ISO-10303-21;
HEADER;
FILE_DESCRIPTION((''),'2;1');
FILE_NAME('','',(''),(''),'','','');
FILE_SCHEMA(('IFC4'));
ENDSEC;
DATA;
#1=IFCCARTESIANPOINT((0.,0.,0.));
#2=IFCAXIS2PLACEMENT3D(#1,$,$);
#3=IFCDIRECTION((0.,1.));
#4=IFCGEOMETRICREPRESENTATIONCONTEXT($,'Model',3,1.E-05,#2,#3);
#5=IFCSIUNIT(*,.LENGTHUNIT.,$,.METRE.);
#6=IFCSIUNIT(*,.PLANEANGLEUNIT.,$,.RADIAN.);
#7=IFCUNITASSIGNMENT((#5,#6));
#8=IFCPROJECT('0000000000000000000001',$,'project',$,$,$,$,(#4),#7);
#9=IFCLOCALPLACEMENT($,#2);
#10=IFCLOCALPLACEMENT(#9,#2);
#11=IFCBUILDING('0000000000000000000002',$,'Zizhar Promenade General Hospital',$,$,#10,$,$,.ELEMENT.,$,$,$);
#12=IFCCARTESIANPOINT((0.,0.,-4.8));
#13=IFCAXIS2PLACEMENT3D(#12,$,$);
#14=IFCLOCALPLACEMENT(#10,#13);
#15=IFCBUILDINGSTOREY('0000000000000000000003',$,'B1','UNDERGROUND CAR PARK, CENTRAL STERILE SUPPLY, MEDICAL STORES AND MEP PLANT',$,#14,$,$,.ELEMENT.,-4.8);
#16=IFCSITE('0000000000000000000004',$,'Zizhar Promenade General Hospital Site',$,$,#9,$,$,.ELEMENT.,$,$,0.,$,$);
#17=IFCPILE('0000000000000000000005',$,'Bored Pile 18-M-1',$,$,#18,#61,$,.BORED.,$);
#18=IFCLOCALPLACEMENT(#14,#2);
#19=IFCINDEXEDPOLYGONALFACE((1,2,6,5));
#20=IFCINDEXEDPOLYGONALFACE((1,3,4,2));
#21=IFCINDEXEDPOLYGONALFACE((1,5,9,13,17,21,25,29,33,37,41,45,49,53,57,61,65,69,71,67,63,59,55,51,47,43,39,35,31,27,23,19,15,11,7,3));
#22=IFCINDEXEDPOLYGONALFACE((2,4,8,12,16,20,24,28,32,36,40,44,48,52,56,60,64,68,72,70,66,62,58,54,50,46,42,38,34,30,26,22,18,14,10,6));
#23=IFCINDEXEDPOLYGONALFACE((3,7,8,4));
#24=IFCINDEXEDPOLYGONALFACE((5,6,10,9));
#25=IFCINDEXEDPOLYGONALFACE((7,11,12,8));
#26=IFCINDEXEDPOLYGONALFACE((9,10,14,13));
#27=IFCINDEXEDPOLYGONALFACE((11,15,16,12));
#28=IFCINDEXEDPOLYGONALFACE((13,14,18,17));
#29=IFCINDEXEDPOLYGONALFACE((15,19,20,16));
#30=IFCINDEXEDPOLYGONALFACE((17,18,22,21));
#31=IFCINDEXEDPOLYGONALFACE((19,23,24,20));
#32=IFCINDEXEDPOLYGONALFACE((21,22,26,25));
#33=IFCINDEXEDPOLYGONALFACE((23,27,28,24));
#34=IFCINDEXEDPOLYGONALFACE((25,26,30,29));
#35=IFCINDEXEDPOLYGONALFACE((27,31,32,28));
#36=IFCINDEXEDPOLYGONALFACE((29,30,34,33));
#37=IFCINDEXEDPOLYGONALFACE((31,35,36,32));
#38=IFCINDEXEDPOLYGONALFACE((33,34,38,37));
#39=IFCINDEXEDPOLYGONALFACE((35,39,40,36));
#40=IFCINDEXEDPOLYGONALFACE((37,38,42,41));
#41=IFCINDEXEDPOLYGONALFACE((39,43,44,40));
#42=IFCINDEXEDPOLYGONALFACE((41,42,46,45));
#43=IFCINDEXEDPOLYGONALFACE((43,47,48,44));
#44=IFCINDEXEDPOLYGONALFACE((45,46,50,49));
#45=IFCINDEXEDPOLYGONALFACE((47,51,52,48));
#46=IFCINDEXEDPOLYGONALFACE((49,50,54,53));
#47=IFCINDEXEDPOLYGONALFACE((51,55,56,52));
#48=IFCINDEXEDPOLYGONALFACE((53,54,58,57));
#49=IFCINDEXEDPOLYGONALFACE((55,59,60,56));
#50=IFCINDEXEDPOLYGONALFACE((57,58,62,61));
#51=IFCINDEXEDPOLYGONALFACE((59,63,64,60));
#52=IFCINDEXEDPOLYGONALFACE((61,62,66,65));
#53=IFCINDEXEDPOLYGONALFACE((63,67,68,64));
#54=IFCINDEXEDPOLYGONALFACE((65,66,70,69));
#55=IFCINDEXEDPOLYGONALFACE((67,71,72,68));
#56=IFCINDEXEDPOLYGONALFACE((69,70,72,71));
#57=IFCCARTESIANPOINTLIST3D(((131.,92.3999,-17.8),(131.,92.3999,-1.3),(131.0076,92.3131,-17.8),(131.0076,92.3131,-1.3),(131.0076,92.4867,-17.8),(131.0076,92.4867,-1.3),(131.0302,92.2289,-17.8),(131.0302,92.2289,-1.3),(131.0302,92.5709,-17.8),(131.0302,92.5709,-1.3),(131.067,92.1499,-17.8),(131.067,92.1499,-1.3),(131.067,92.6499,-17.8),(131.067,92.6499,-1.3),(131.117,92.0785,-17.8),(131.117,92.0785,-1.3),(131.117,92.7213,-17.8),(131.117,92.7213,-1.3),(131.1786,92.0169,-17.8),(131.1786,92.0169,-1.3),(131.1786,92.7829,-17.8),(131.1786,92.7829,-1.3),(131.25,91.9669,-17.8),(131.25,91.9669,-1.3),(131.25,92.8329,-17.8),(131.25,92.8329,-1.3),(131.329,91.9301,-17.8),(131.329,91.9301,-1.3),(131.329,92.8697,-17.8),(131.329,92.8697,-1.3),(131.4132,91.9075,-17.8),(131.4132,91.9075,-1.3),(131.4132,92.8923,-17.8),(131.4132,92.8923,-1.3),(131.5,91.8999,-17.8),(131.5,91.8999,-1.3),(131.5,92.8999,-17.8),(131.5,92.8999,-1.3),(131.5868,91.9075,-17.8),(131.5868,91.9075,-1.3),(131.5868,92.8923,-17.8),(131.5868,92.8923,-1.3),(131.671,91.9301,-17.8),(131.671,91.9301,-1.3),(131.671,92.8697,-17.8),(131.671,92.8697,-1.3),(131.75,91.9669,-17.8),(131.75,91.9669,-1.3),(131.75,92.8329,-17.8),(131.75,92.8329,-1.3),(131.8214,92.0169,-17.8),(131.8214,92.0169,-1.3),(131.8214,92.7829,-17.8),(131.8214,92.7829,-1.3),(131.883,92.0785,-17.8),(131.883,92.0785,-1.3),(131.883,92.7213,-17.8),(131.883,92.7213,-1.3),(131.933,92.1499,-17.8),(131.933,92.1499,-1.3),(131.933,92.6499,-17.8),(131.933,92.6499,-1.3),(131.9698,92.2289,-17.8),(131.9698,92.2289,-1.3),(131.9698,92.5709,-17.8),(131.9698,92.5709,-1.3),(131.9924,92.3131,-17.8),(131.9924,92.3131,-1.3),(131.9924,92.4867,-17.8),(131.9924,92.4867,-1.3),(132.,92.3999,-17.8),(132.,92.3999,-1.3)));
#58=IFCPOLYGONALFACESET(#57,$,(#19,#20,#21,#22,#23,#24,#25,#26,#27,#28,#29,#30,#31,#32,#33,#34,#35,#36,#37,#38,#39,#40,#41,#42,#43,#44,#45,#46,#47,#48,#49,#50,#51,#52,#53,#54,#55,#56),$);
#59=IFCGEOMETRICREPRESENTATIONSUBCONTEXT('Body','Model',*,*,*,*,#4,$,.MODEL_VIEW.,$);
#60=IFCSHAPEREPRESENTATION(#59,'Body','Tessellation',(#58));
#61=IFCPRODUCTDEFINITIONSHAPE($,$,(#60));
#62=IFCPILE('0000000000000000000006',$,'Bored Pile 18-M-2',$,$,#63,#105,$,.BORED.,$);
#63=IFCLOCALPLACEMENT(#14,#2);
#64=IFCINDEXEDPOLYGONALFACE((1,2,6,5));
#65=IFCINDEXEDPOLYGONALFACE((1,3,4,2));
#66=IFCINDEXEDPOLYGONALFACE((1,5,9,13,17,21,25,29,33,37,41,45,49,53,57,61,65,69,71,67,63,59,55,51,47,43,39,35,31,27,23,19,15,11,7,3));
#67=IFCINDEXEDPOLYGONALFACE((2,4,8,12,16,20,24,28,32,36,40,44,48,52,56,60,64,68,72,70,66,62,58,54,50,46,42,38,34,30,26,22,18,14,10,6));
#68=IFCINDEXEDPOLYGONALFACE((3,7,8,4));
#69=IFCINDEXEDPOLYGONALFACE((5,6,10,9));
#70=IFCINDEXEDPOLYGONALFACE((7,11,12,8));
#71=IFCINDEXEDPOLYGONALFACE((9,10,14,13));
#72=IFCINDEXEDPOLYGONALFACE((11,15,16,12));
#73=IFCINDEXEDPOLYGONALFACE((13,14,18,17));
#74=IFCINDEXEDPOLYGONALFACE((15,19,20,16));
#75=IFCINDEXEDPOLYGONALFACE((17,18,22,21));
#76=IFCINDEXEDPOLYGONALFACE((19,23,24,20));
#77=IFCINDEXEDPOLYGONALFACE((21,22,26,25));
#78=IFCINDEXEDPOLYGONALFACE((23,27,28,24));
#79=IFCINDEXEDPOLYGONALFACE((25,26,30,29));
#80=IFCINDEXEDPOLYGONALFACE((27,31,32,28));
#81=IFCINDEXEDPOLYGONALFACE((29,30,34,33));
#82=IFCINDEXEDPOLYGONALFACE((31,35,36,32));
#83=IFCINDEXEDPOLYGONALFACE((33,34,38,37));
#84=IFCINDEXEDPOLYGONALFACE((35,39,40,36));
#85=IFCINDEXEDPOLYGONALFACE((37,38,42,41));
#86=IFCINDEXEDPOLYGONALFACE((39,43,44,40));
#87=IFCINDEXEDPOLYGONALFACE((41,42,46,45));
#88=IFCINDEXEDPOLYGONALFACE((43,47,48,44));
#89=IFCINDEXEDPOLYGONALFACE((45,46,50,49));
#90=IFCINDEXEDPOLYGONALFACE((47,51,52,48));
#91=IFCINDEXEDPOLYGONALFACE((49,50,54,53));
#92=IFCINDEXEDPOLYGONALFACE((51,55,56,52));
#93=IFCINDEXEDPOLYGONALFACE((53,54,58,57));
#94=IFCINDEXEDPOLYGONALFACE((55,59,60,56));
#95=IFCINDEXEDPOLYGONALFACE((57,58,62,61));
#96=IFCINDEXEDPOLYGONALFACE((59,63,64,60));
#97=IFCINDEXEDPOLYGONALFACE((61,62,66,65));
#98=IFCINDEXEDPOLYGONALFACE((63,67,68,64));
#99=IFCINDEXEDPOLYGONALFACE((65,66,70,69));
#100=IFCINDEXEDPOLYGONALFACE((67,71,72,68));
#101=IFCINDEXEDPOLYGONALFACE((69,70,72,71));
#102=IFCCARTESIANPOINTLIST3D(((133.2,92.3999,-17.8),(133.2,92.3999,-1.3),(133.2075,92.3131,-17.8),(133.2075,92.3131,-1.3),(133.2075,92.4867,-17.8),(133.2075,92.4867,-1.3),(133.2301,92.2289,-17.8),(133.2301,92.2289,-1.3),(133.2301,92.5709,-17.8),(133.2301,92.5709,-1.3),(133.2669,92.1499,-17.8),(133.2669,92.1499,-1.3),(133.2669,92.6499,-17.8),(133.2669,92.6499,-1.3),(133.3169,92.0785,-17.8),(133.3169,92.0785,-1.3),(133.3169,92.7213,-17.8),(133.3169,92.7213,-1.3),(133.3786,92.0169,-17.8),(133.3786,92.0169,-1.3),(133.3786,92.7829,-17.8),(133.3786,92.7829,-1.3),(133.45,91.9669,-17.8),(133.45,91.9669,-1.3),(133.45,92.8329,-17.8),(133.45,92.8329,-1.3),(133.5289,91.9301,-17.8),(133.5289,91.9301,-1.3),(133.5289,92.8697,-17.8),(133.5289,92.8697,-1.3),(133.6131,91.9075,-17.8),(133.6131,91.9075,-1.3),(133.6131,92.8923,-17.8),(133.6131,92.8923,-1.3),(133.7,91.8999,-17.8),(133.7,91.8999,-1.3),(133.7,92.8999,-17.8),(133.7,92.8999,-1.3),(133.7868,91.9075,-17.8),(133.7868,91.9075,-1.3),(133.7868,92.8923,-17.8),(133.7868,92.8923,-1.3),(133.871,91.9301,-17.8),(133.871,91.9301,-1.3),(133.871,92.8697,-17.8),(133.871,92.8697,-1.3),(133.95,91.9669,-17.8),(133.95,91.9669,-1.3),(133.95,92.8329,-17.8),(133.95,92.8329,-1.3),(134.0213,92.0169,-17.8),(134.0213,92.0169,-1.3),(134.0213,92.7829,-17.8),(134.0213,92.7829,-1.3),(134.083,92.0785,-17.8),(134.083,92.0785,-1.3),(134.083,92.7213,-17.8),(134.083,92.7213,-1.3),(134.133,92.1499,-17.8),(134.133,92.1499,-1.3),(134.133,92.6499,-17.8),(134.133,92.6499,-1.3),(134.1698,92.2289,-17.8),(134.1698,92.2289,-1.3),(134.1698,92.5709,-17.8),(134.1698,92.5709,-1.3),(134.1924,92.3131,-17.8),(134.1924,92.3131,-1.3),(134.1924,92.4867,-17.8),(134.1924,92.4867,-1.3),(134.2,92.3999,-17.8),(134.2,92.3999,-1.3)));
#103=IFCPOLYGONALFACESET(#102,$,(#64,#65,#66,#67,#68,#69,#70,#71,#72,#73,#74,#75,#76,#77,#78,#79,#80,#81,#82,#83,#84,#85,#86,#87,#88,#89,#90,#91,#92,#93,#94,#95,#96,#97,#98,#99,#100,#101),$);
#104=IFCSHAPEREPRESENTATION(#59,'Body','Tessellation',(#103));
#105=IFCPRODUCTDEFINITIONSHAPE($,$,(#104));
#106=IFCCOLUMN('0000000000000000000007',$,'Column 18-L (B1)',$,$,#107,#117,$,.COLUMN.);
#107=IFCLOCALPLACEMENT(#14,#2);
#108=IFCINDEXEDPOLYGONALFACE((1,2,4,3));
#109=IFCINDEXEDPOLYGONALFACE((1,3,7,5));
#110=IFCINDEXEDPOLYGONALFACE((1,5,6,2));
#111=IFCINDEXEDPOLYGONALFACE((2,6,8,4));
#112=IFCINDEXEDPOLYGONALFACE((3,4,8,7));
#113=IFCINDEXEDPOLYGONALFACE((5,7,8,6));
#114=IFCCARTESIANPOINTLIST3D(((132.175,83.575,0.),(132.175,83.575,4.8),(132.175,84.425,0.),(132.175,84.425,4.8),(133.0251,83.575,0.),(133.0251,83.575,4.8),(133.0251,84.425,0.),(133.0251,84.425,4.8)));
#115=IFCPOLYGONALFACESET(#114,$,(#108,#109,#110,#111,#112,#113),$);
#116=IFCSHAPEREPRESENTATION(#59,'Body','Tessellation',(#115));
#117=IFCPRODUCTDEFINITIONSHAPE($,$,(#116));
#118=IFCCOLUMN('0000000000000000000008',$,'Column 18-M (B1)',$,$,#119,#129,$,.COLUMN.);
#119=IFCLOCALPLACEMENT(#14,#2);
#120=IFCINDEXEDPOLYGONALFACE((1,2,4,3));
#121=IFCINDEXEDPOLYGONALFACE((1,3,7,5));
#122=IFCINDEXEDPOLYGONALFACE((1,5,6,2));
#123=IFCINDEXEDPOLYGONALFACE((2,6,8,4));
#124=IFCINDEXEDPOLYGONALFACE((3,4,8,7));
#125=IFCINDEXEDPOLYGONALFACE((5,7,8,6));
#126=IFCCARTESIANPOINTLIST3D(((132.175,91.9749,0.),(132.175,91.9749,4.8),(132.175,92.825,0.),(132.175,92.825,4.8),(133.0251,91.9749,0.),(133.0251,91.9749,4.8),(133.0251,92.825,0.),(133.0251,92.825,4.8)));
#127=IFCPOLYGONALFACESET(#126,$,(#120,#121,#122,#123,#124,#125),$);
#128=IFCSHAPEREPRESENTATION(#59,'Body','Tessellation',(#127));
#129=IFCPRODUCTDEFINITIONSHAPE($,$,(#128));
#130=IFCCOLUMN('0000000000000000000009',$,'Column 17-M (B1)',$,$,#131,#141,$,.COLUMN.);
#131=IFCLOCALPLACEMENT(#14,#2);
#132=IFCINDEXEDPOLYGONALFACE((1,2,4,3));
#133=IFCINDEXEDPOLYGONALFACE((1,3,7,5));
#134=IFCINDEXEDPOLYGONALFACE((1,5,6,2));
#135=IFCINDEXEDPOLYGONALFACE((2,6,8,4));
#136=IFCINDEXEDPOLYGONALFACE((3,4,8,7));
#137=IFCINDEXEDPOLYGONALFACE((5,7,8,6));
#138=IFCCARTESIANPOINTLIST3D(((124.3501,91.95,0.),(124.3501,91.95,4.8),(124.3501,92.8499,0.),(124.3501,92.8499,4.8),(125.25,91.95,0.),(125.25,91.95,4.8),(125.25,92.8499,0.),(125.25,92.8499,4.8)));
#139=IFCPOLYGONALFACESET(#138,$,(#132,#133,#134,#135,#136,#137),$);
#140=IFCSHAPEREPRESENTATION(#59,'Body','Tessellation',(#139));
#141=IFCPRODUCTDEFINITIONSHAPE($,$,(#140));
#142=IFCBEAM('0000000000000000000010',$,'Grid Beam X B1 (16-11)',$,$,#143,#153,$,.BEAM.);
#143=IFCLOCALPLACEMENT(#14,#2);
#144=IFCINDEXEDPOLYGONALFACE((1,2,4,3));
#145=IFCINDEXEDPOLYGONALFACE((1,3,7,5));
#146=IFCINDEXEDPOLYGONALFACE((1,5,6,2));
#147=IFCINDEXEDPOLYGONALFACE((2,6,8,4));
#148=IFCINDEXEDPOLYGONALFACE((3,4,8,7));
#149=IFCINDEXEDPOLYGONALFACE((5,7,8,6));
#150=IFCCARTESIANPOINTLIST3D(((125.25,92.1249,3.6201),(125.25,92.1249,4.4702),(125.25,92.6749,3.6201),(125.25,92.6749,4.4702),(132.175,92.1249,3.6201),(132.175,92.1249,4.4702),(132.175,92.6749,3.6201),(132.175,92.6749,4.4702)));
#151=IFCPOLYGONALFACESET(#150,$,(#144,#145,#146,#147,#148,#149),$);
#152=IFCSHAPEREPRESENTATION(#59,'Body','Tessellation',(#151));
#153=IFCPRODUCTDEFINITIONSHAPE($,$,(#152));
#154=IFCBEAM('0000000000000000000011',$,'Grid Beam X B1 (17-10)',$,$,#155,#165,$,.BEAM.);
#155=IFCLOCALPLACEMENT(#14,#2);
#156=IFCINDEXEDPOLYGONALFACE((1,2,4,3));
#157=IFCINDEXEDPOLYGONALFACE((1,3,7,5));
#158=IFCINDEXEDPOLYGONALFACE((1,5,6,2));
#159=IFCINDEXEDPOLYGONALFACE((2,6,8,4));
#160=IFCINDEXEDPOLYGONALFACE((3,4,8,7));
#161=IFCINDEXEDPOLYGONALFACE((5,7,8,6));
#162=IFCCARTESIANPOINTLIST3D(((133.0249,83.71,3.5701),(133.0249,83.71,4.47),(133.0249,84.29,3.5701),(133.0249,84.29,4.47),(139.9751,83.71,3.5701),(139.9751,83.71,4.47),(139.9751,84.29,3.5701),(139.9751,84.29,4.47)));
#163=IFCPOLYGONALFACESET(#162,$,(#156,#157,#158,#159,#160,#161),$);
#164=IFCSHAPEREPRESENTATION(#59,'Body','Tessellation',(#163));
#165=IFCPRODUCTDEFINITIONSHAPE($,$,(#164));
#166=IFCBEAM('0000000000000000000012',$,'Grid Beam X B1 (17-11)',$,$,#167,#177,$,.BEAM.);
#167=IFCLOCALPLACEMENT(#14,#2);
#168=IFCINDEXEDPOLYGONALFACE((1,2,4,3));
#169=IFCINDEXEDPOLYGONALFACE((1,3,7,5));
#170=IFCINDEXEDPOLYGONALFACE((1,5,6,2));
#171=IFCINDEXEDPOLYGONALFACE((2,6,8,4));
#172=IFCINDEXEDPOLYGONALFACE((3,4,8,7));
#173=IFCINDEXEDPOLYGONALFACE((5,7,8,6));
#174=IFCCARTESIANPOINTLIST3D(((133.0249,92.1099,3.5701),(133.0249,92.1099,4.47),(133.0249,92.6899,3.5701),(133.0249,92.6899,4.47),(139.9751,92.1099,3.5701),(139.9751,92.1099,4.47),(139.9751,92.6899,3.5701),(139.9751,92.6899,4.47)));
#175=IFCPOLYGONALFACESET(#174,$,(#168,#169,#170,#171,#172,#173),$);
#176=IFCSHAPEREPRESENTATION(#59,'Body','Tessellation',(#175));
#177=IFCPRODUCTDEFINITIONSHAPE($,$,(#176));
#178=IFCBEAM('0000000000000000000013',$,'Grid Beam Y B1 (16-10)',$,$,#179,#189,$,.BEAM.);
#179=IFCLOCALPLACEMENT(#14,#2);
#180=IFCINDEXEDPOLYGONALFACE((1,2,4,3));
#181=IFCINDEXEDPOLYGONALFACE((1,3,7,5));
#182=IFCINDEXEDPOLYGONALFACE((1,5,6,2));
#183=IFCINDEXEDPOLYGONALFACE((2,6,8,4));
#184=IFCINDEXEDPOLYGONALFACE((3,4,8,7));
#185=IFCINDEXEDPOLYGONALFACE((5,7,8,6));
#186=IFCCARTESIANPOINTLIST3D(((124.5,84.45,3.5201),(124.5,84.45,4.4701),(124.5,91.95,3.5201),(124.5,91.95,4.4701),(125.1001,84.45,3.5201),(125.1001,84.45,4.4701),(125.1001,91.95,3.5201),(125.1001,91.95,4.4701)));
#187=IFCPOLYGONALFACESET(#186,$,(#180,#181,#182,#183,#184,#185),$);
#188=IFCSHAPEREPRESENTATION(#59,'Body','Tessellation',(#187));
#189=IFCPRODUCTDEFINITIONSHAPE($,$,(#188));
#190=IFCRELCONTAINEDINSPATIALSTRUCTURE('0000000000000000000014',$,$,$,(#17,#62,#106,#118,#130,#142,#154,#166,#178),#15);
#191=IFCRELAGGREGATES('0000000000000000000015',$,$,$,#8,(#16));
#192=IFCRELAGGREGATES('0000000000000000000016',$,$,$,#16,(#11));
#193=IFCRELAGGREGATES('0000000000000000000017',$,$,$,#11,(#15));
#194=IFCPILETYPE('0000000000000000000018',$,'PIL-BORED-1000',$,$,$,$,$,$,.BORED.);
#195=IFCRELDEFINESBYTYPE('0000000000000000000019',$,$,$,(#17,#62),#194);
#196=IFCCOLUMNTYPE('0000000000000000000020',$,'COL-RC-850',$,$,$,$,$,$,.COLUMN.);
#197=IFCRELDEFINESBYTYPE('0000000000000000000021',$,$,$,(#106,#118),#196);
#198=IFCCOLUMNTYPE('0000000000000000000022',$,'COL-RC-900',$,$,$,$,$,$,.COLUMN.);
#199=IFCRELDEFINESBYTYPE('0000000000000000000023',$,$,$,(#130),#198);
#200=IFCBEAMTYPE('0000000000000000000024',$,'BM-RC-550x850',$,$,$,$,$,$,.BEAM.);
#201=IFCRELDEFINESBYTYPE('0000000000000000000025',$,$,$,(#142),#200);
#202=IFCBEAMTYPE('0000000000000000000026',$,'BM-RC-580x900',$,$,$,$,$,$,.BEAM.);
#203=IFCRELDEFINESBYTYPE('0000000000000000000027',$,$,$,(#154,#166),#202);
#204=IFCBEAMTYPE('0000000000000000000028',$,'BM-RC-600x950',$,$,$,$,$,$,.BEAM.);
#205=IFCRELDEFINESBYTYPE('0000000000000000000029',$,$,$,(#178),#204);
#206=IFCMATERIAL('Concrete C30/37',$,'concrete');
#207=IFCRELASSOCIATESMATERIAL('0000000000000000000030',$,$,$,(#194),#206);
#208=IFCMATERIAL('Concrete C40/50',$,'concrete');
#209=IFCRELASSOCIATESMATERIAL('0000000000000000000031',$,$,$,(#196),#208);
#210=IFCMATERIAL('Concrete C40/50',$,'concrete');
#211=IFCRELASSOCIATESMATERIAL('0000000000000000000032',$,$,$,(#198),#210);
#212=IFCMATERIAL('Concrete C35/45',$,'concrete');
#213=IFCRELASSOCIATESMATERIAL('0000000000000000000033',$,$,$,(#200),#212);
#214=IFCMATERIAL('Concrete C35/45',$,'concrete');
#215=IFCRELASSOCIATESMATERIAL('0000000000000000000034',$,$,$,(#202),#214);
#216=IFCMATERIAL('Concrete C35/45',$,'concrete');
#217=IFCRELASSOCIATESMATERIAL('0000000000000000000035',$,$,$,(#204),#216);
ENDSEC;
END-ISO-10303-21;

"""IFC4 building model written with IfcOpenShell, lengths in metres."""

from ifc_helpers import new_model, si_unit, direction, frame, origin, origin_2d, place, context, subcontext, project, spatial, rectangle, circle, extrude, material, material_profile, profile_set, type_object, element, save


model = new_model("IFC4")

# Units and contexts
model_context = context("Model", 3, precision=1e-05, world=origin(), true_north=direction((0.0, 1.0)))
body_context = subcontext(model_context, "Body", "Model", "MODEL_VIEW")
ifc_project = project(units=[si_unit("LENGTHUNIT", "METRE"), si_unit("PLANEANGLEUNIT", "RADIAN")], contexts=[model_context])

# Site, building, storey
site_placement = place(None, origin())
site = spatial("IfcSite", under=ifc_project, at=site_placement, Name="Zizhar Promenade General Hospital Site", CompositionType="ELEMENT", RefElevation=0.0)
building_placement = place(site_placement, origin())
building = spatial("IfcBuilding", under=site, at=building_placement, Name="Zizhar Promenade General Hospital", CompositionType="ELEMENT")
storey_placement = place(building_placement, frame((0.0, 0.0, -4.8)))
storey = spatial("IfcBuildingStorey", under=building, at=storey_placement, Name="B1", Description="UNDERGROUND CAR PARK, CENTRAL STERILE SUPPLY, MEDICAL STORES AND MEP PLANT", CompositionType="ELEMENT", Elevation=-4.8)

# Piles
ifc_material_1 = material(Name="Concrete C30/37", Category="concrete")
ifc_material_profile_1 = material_profile(ifc_material_1, circle(Radius=0.5, at=origin_2d()))
ifc_profile_set_1 = profile_set([ifc_material_profile_1], Name="Concrete C30/37")
pile_type = type_object("IfcPileType", Name="PIL-BORED-1000", PredefinedType="BORED", material=ifc_profile_set_1)
for number, where, z_axis, x_axis, name in (
    (1, (131.5, 92.3999, -1.3), (0.0, 0.0, -1.0), (1.0, 0.0, 0.0), "Bored Pile 18-M-1"),
    (2, (133.7, 92.3999, -1.3), (0.0, 0.0, -1.0), (1.0, 0.0, 0.0), "Bored Pile 18-M-2"),
):
    element("IfcPile", number, at=place(storey_placement, frame(where, z_axis=z_axis, x_axis=x_axis)), inside=storey, type_object=pile_type, Name=name, PredefinedType="BORED", context=body_context, shape_type="SweptSolid", body=[
        extrude(circle(Radius=0.5, at=origin_2d()), origin(), (0.0, 0.0, 1.0), 16.5),
    ])

# Columns
ifc_material_2 = material(Name="Concrete C40/50", Category="concrete")
ifc_material_profile_2 = material_profile(ifc_material_2, rectangle(XDim=0.8501, YDim=0.8501, at=origin_2d()))
ifc_profile_set_2 = profile_set([ifc_material_profile_2], Name="Concrete C40/50")
column_type_1 = type_object("IfcColumnType", Name="COL-RC-850", PredefinedType="COLUMN", material=ifc_profile_set_2)
for number, where, z_axis, x_axis, name in (
    (3, (132.6001, 84.0, 0.0), (0.0, 0.0, 1.0), (1.0, 0.0, 0.0), "Column 18-L (B1)"),
    (4, (132.6001, 92.3999, 0.0), (0.0, 0.0, 1.0), (1.0, 0.0, 0.0), "Column 18-M (B1)"),
):
    element("IfcColumn", number, at=place(storey_placement, frame(where, z_axis=z_axis, x_axis=x_axis)), inside=storey, type_object=column_type_1, Name=name, PredefinedType="COLUMN", context=body_context, shape_type="SweptSolid", body=[
        extrude(rectangle(XDim=0.8501, YDim=0.8501, at=origin_2d()), origin(), (0.0, 0.0, 1.0), 4.8),
    ])
ifc_material_3 = material(Name="Concrete C40/50", Category="concrete")
ifc_material_profile_3 = material_profile(ifc_material_3, rectangle(XDim=0.8999, YDim=0.8999, at=origin_2d()))
ifc_profile_set_3 = profile_set([ifc_material_profile_3], Name="Concrete C40/50")
column_type_2 = type_object("IfcColumnType", Name="COL-RC-900", PredefinedType="COLUMN", material=ifc_profile_set_3)
column_placement = place(storey_placement, frame((124.8, 92.3999, 0.0), z_axis=(0.0, 0.0, 1.0), x_axis=(1.0, 0.0, 0.0)))
element("IfcColumn", 5, at=column_placement, inside=storey, type_object=column_type_2, Name="Column 17-M (B1)", PredefinedType="COLUMN", context=body_context, shape_type="SweptSolid", body=[
    extrude(rectangle(XDim=0.8999, YDim=0.8999, at=origin_2d()), origin(), (0.0, 0.0, 1.0), 4.8),
])

# Beams
ifc_material_4 = material(Name="Concrete C35/45", Category="concrete")
ifc_material_profile_4 = material_profile(ifc_material_4, rectangle(XDim=0.55, YDim=0.8501, at=origin_2d()))
ifc_profile_set_4 = profile_set([ifc_material_profile_4], Name="Concrete C35/45")
beam_type_1 = type_object("IfcBeamType", Name="BM-RC-550x850", PredefinedType="BEAM", material=ifc_profile_set_4)
beam_placement = place(storey_placement, frame((125.25, 92.3999, 4.0452), z_axis=(1.0, 0.0, 0.0), x_axis=(0.0, 1.0, 0.0)))
element("IfcBeam", 6, at=beam_placement, inside=storey, type_object=beam_type_1, Name="Grid Beam X B1 (16-11)", PredefinedType="BEAM", context=body_context, shape_type="SweptSolid", body=[
    extrude(rectangle(XDim=0.55, YDim=0.8501, at=origin_2d()), origin(), (0.0, 0.0, 1.0), 6.925),
])
ifc_material_5 = material(Name="Concrete C35/45", Category="concrete")
ifc_material_profile_5 = material_profile(ifc_material_5, rectangle(XDim=0.5801, YDim=0.8999, at=origin_2d()))
ifc_profile_set_5 = profile_set([ifc_material_profile_5], Name="Concrete C35/45")
beam_type_2 = type_object("IfcBeamType", Name="BM-RC-580x900", PredefinedType="BEAM", material=ifc_profile_set_5)
for number, where, z_axis, x_axis, name in (
    (7, (133.0249, 84.0, 4.02), (1.0, 0.0, 0.0), (0.0, 1.0, 0.0), "Grid Beam X B1 (17-10)"),
    (8, (133.0249, 92.3999, 4.02), (1.0, 0.0, 0.0), (0.0, 1.0, 0.0), "Grid Beam X B1 (17-11)"),
):
    element("IfcBeam", number, at=place(storey_placement, frame(where, z_axis=z_axis, x_axis=x_axis)), inside=storey, type_object=beam_type_2, Name=name, PredefinedType="BEAM", context=body_context, shape_type="SweptSolid", body=[
        extrude(rectangle(XDim=0.5801, YDim=0.8999, at=origin_2d()), origin(), (0.0, 0.0, 1.0), 6.9502),
    ])
ifc_material_6 = material(Name="Concrete C35/45", Category="concrete")
ifc_material_profile_6 = material_profile(ifc_material_6, rectangle(XDim=0.6001, YDim=0.95, at=origin_2d()))
ifc_profile_set_6 = profile_set([ifc_material_profile_6], Name="Concrete C35/45")
beam_type_3 = type_object("IfcBeamType", Name="BM-RC-600x950", PredefinedType="BEAM", material=ifc_profile_set_6)
for number, where, z_axis, x_axis, name in (
    (9, (124.8, 84.45, 3.9951), (0.0, 1.0, 0.0), (-1.0, 0.0, 0.0), "Grid Beam Y B1 (16-10)"),
):
    element("IfcBeam", number, at=place(storey_placement, frame(where, z_axis=z_axis, x_axis=x_axis)), inside=storey, type_object=beam_type_3, Name=name, PredefinedType="BEAM", context=body_context, shape_type="SweptSolid", body=[
        extrude(rectangle(XDim=0.6001, YDim=0.95, at=origin_2d()), origin(), (0.0, 0.0, 1.0), 7.5),
    ])

save(model, "model.ifc")
